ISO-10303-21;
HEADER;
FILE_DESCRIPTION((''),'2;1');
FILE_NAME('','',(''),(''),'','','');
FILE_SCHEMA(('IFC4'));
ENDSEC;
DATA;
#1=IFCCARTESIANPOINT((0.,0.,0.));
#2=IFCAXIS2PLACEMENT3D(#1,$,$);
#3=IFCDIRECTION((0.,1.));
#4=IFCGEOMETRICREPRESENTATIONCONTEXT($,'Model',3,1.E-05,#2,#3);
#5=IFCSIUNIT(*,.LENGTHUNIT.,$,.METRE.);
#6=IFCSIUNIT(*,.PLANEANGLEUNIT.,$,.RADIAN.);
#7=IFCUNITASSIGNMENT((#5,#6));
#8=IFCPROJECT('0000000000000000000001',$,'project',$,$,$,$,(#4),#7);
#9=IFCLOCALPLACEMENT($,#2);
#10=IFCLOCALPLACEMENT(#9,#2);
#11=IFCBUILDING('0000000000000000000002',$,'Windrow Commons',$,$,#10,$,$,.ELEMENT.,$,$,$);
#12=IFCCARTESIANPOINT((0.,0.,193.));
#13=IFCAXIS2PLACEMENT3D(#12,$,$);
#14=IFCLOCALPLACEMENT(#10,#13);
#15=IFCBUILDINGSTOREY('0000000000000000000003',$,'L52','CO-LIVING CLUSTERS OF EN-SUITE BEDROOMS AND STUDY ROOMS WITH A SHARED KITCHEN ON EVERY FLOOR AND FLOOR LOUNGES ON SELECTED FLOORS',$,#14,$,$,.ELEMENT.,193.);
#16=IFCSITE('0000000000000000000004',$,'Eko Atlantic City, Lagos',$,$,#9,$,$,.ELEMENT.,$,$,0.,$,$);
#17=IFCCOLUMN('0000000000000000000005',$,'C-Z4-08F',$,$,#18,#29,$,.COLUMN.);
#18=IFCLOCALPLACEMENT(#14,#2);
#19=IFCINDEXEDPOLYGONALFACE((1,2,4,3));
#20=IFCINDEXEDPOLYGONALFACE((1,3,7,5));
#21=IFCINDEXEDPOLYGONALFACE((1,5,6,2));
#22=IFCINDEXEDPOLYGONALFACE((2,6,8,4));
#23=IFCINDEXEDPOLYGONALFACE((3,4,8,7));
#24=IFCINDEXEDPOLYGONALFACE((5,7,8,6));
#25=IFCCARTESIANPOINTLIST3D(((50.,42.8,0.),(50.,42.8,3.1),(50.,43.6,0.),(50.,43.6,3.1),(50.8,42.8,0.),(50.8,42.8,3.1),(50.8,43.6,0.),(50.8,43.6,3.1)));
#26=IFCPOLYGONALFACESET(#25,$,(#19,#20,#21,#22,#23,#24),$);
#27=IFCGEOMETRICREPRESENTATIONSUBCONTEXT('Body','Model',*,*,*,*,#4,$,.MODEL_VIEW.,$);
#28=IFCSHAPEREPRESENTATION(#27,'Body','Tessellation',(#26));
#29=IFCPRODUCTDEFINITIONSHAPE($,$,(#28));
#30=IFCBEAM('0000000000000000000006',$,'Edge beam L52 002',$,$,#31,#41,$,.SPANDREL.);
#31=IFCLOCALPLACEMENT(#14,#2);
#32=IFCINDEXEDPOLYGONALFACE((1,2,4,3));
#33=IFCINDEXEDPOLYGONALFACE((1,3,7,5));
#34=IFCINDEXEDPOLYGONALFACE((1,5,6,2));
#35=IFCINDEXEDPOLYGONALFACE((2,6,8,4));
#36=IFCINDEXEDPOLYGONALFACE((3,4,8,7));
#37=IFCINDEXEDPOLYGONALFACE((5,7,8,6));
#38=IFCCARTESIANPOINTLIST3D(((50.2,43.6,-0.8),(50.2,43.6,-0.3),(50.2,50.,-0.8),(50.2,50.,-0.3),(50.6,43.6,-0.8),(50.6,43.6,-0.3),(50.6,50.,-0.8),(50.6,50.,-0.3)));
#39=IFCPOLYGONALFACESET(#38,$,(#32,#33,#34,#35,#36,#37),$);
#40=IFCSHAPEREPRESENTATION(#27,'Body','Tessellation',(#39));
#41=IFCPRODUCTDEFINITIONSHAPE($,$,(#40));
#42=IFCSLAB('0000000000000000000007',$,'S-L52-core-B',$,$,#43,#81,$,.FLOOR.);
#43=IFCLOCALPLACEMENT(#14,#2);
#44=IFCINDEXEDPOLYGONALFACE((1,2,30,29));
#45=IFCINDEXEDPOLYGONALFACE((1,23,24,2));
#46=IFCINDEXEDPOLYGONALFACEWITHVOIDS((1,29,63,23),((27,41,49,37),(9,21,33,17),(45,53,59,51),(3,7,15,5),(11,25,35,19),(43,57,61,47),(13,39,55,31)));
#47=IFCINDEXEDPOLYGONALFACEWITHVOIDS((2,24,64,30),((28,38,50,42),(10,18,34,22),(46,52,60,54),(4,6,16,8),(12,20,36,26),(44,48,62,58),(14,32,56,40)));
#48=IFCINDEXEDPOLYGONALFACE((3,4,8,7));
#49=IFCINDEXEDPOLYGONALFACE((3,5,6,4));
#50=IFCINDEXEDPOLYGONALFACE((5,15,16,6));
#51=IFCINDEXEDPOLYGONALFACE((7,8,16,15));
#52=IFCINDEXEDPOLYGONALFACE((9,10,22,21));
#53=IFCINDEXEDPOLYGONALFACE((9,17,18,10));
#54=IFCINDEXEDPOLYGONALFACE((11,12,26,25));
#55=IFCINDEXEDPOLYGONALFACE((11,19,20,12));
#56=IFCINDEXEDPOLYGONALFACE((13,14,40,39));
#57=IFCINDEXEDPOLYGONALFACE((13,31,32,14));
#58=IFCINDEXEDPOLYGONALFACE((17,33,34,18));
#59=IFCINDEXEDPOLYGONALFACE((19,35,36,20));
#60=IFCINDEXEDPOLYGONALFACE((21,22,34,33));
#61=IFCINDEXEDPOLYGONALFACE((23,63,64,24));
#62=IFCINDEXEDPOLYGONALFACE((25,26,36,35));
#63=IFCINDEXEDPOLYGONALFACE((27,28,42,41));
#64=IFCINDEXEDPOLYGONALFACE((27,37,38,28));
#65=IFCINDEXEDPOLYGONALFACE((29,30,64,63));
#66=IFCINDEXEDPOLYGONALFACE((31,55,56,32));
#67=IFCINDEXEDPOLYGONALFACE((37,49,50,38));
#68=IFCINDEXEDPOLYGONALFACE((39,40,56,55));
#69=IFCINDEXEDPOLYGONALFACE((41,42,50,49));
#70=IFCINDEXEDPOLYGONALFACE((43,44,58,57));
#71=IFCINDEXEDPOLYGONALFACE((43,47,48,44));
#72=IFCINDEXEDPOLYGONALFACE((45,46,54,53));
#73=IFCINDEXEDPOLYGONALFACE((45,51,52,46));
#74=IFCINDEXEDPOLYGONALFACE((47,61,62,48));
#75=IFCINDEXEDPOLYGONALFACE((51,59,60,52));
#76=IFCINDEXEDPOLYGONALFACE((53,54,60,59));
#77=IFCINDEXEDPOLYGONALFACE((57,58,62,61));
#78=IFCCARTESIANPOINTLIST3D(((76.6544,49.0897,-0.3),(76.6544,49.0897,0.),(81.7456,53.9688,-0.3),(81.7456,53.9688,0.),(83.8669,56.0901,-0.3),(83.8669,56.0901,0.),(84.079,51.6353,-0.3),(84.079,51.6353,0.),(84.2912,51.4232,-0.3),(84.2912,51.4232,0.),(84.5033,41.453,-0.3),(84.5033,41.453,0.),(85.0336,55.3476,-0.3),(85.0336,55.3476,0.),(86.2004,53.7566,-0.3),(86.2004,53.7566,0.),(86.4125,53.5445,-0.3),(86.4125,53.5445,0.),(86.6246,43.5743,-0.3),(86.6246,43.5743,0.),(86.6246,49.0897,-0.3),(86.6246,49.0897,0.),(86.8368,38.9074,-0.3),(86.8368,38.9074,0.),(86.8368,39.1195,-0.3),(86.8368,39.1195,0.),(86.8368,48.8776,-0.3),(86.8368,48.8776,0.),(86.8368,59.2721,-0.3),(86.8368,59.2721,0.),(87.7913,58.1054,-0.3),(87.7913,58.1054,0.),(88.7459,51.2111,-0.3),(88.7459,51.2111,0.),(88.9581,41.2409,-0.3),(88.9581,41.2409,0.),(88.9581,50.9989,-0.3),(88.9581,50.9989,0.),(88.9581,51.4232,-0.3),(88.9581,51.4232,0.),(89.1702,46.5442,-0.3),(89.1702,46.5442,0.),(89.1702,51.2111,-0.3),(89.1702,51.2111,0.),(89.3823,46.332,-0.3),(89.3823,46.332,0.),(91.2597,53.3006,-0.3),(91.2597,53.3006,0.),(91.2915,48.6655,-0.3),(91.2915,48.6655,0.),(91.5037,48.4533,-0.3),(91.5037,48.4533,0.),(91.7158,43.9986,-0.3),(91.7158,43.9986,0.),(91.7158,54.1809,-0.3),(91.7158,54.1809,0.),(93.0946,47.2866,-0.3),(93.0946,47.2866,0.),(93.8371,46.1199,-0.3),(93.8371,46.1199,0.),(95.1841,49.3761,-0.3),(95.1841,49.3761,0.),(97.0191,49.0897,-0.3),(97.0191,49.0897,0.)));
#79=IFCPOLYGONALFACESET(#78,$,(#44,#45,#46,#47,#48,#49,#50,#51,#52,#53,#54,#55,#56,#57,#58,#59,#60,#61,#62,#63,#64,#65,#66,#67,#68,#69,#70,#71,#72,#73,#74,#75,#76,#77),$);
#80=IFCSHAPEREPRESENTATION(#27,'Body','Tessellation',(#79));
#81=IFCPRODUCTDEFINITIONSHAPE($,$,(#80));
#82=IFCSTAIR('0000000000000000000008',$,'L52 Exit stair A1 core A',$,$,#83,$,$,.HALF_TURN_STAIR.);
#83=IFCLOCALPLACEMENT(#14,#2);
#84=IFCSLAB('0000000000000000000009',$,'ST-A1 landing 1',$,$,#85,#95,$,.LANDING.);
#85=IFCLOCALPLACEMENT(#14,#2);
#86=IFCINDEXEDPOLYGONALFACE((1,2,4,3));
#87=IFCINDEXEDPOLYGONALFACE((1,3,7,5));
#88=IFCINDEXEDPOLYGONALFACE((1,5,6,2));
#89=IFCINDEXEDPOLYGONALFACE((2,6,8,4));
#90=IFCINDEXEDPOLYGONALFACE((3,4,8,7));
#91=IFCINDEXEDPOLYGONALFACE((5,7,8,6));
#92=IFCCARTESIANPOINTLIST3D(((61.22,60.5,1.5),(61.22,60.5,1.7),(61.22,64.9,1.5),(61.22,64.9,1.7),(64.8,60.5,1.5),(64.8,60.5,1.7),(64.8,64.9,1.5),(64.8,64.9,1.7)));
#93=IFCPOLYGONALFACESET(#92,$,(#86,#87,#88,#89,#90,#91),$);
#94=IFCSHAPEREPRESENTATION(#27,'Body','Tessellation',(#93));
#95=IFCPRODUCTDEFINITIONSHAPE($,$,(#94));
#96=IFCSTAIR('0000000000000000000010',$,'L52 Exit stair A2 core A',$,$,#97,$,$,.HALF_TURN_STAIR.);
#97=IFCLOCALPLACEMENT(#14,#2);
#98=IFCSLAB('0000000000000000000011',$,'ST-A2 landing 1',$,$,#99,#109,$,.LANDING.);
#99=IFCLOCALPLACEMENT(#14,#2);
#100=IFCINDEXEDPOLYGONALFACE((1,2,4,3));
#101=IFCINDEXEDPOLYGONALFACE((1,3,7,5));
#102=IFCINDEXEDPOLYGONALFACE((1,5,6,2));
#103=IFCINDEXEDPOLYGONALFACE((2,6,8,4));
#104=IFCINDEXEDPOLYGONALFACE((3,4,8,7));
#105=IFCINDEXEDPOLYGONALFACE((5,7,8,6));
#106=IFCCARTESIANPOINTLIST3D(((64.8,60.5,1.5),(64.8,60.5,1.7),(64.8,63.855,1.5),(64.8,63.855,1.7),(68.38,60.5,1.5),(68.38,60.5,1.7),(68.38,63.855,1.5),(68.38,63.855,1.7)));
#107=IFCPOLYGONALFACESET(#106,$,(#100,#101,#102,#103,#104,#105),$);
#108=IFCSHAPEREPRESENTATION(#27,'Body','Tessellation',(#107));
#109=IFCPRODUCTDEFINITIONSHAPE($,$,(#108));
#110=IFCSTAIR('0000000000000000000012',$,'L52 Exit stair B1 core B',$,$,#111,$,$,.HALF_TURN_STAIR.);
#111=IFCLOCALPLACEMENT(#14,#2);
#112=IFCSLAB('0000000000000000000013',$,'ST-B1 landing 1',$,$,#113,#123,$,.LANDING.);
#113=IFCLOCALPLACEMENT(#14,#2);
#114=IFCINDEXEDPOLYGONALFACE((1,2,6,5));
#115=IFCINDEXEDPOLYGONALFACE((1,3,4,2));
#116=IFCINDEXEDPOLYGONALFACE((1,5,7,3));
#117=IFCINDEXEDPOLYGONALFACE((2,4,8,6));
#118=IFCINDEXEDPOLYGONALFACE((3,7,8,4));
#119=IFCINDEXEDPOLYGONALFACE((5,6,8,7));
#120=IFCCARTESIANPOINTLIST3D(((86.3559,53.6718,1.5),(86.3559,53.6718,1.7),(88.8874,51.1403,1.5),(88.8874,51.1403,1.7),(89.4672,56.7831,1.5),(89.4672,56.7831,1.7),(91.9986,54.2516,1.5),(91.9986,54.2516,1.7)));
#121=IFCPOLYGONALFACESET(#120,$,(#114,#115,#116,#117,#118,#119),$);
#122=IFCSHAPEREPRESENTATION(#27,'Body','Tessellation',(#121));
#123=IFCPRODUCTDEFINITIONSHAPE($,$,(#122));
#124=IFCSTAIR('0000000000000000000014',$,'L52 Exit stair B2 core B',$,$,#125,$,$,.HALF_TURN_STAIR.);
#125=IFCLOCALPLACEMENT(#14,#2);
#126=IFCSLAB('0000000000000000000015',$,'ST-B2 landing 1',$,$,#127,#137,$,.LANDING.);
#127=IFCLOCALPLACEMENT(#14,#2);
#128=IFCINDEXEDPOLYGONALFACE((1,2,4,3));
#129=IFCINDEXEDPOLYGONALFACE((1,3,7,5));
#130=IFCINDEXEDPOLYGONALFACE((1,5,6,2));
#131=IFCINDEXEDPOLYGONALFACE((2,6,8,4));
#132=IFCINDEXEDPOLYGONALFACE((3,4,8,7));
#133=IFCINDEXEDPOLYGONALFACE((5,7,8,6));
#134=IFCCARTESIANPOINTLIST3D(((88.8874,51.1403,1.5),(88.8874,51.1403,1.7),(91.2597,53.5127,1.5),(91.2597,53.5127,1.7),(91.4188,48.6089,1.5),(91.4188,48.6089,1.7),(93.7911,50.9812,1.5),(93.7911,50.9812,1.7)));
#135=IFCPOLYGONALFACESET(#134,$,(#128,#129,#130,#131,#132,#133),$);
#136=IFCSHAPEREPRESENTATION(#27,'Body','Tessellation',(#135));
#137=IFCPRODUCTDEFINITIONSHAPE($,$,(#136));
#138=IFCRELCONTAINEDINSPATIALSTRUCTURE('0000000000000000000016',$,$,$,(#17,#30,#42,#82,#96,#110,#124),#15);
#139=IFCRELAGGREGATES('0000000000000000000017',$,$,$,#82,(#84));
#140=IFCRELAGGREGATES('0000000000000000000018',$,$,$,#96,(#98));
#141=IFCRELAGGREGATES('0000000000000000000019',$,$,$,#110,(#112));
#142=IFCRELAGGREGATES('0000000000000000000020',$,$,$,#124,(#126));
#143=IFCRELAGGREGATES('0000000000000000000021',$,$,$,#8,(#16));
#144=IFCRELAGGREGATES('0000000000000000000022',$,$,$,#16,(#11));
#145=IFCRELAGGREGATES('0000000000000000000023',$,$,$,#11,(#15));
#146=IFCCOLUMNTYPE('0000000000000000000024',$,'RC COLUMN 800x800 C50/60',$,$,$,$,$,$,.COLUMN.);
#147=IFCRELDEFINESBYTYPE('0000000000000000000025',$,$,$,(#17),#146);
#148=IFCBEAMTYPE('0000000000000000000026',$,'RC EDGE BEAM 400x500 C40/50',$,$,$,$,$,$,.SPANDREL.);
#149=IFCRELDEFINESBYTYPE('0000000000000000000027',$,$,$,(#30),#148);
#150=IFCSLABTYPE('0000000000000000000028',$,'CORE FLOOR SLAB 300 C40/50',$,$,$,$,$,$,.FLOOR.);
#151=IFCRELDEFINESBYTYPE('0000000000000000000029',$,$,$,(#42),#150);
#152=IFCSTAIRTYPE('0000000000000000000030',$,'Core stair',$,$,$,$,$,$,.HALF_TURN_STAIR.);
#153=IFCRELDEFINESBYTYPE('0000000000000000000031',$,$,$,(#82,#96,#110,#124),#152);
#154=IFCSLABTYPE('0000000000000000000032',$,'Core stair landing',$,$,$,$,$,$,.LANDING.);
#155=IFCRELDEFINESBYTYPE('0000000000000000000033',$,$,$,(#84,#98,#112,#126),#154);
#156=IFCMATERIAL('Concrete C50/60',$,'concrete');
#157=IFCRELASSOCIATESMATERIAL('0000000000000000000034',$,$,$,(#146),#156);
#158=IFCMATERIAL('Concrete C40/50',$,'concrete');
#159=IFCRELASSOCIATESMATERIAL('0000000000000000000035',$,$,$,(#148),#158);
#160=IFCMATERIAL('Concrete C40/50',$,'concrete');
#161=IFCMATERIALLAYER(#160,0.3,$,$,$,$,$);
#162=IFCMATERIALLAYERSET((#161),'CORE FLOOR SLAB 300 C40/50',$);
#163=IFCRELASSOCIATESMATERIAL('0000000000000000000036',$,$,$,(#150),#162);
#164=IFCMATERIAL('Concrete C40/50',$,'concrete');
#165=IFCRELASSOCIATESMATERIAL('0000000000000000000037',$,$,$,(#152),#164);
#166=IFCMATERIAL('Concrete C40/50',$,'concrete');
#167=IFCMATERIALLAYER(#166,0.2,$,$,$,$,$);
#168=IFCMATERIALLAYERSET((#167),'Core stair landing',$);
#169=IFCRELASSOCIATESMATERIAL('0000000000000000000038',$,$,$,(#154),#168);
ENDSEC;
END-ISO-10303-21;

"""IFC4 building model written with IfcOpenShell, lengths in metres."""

from ifc_helpers import new_model, si_unit, direction, frame, origin, origin_2d, place, context, subcontext, project, spatial, polyline, rectangle, outline, extrude, material, layer, layer_set, material_profile, profile_set, type_object, element, aggregate, save


model = new_model("IFC4")

# Units and contexts
model_context = context("Model", 3, precision=1e-05, world=origin(), true_north=direction((0.0, 1.0)))
body_context = subcontext(model_context, "Body", "Model", "MODEL_VIEW")
ifc_project = project(units=[si_unit("LENGTHUNIT", "METRE"), si_unit("PLANEANGLEUNIT", "RADIAN")], contexts=[model_context])

# Site, building, storey
site_placement = place(None, origin())
site = spatial("IfcSite", under=ifc_project, at=site_placement, Name="Eko Atlantic City, Lagos", CompositionType="ELEMENT", RefElevation=0.0)
building_placement = place(site_placement, origin())
building = spatial("IfcBuilding", under=site, at=building_placement, Name="Windrow Commons", CompositionType="ELEMENT")
storey_placement = place(building_placement, frame((0.0, 0.0, 193.0)))
storey = spatial("IfcBuildingStorey", under=building, at=storey_placement, Name="L52", Description="CO-LIVING CLUSTERS OF EN-SUITE BEDROOMS AND STUDY ROOMS WITH A SHARED KITCHEN ON EVERY FLOOR AND FLOOR LOUNGES ON SELECTED FLOORS", CompositionType="ELEMENT", Elevation=193.0)

# Column
ifc_material_1 = material(Name="Concrete C50/60", Category="concrete")
ifc_material_profile_1 = material_profile(ifc_material_1, rectangle(XDim=0.8, YDim=0.8, at=origin_2d()))
ifc_profile_set_1 = profile_set([ifc_material_profile_1], Name="Concrete C50/60")
column_type = type_object("IfcColumnType", Name="RC COLUMN 800x800 C50/60", PredefinedType="COLUMN", material=ifc_profile_set_1)
column_placement = place(storey_placement, frame((50.4, 43.2, 0.0), z_axis=(0.0, 0.0, 1.0), x_axis=(1.0, 0.0, 0.0)))
element("IfcColumn", 1, at=column_placement, inside=storey, type_object=column_type, Name="C-Z4-08F", PredefinedType="COLUMN", context=body_context, shape_type="SweptSolid", body=[
    extrude(rectangle(XDim=0.8, YDim=0.8, at=origin_2d()), origin(), (0.0, 0.0, 1.0), 3.1),
])

# Beam
ifc_material_2 = material(Name="Concrete C40/50", Category="concrete")
ifc_material_profile_2 = material_profile(ifc_material_2, rectangle(XDim=0.4, YDim=0.5, at=origin_2d()))
ifc_profile_set_2 = profile_set([ifc_material_profile_2], Name="Concrete C40/50")
beam_type = type_object("IfcBeamType", Name="RC EDGE BEAM 400x500 C40/50", PredefinedType="SPANDREL", material=ifc_profile_set_2)
beam_placement = place(storey_placement, frame((50.4, 43.6, -0.55), z_axis=(0.0, 1.0, 0.0), x_axis=(-1.0, 0.0, 0.0)))
element("IfcBeam", 2, at=beam_placement, inside=storey, type_object=beam_type, Name="Edge beam L52 002", PredefinedType="SPANDREL", context=body_context, shape_type="SweptSolid", body=[
    extrude(rectangle(XDim=0.4, YDim=0.5, at=origin_2d()), origin(), (0.0, 0.0, 1.0), 6.4),
])

# Slab, openings
ifc_material_3 = material(Name="Concrete C40/50", Category="concrete")
ifc_layer_1 = layer(ifc_material_3, 0.3)
ifc_layer_set_1 = layer_set([ifc_layer_1], Name="CORE FLOOR SLAB 300 C40/50")
slab_type_1 = type_object("IfcSlabType", Name="CORE FLOOR SLAB 300 C40/50", PredefinedType="FLOOR", material=ifc_layer_set_1)
placement_1 = place(storey_placement, frame((0.0, 0.0, -0.3)))
slab_1 = element("IfcSlab", 3, at=placement_1, inside=storey, type_object=slab_type_1, Name="S-L52-core-B", PredefinedType="FLOOR", context=body_context, shape_type="SweptSolid", body=[
    extrude(outline(polyline([(76.6544, 49.0897), (86.8368, 38.9074), (97.0191, 49.0897), (86.8368, 59.2721), (76.6544, 49.0897)]), holes=[polyline([(84.5033, 41.453), (86.8368, 39.1195), (88.9581, 41.2409), (86.6246, 43.5743), (84.5033, 41.453)]), polyline([(81.7456, 53.9688), (84.079, 51.6353), (86.2004, 53.7566), (83.8669, 56.0901), (81.7456, 53.9688)]), polyline([(84.2912, 51.4232), (86.6246, 49.0897), (88.7459, 51.2111), (86.4125, 53.5445), (84.2912, 51.4232)]), polyline([(86.8368, 48.8776), (89.1702, 46.5442), (91.2915, 48.6655), (88.9581, 50.9989), (86.8368, 48.8776)]), polyline([(89.3823, 46.332), (91.7158, 43.9986), (93.8371, 46.1199), (91.5037, 48.4533), (89.3823, 46.332)]), polyline([(85.0336, 55.3476), (88.9581, 51.4232), (91.7158, 54.1809), (87.7913, 58.1054), (85.0336, 55.3476)]), polyline([(89.1702, 51.2111), (93.0946, 47.2866), (95.1841, 49.3761), (91.2597, 53.3006), (89.1702, 51.2111)])]), origin(), (0.0, 0.0, 1.0), 0.3),
])
opening_1_placement = place(placement_1, origin())
element("IfcOpeningElement", 4, at=opening_1_placement, cuts=slab_1, PredefinedType="OPENING", context=body_context, shape_type="SweptSolid", body=[
    extrude(outline(polyline([(84.5104, 41.453), (86.6246, 43.5672), (88.951, 41.2409), (86.8368, 39.1266), (84.5104, 41.453)])), origin(), (0.0, 0.0, 1.0), 0.3),
])
opening_2_placement = place(placement_1, origin())
element("IfcOpeningElement", 5, at=opening_2_placement, cuts=slab_1, PredefinedType="OPENING", context=body_context, shape_type="SweptSolid", body=[
    extrude(outline(polyline([(81.7527, 53.9688), (83.8669, 56.083), (86.1933, 53.7566), (84.079, 51.6424), (81.7527, 53.9688)])), origin(), (0.0, 0.0, 1.0), 0.3),
])
opening_3_placement = place(placement_1, origin())
element("IfcOpeningElement", 6, at=opening_3_placement, cuts=slab_1, PredefinedType="OPENING", context=body_context, shape_type="SweptSolid", body=[
    extrude(outline(polyline([(84.2983, 51.4232), (86.4125, 53.5374), (88.7388, 51.2111), (86.6246, 49.0968), (84.2983, 51.4232)])), origin(), (0.0, 0.0, 1.0), 0.3),
])
opening_4_placement = place(placement_1, origin())
element("IfcOpeningElement", 7, at=opening_4_placement, cuts=slab_1, PredefinedType="OPENING", context=body_context, shape_type="SweptSolid", body=[
    extrude(outline(polyline([(86.8439, 48.8776), (88.9581, 50.9918), (91.2844, 48.6655), (89.1702, 46.5513), (86.8439, 48.8776)])), origin(), (0.0, 0.0, 1.0), 0.3),
])
opening_5_placement = place(placement_1, origin())
element("IfcOpeningElement", 8, at=opening_5_placement, cuts=slab_1, PredefinedType="OPENING", context=body_context, shape_type="SweptSolid", body=[
    extrude(outline(polyline([(89.3894, 46.332), (91.5037, 48.4462), (93.83, 46.1199), (91.7158, 44.0057), (89.3894, 46.332)])), origin(), (0.0, 0.0, 1.0), 0.3),
])
opening_6_placement = place(placement_1, origin())
element("IfcOpeningElement", 9, at=opening_6_placement, cuts=slab_1, PredefinedType="OPENING", context=body_context, shape_type="SweptSolid", body=[
    extrude(outline(polyline([(85.0407, 55.3476), (87.7913, 58.0983), (91.7087, 54.1809), (88.9581, 51.4303), (85.0407, 55.3476)])), origin(), (0.0, 0.0, 1.0), 0.3),
])
opening_7_placement = place(placement_1, origin())
element("IfcOpeningElement", 10, at=opening_7_placement, cuts=slab_1, PredefinedType="OPENING", context=body_context, shape_type="SweptSolid", body=[
    extrude(outline(polyline([(89.1773, 51.2111), (91.2597, 53.2935), (95.177, 49.3761), (93.0946, 47.2937), (89.1773, 51.2111)])), origin(), (0.0, 0.0, 1.0), 0.3),
])

# Stairs, slabs
ifc_material_4 = material(Name="Concrete C40/50", Category="concrete")
stair_type = type_object("IfcStairType", Name="Core stair", PredefinedType="HALF_TURN_STAIR", material=ifc_material_4)
placement_2 = place(storey_placement, origin())
stair_1 = element("IfcStair", 11, at=placement_2, inside=storey, type_object=stair_type, Name="L52 Exit stair A1 core A", PredefinedType="HALF_TURN_STAIR")
ifc_material_5 = material(Name="Concrete C40/50", Category="concrete")
ifc_layer_2 = layer(ifc_material_5, 0.2)
ifc_layer_set_2 = layer_set([ifc_layer_2], Name="Core stair landing")
slab_type_2 = type_object("IfcSlabType", Name="Core stair landing", PredefinedType="LANDING", material=ifc_layer_set_2)
placement_3 = place(storey_placement, frame((0.0, 0.0, 1.5)))
slab_2 = element("IfcSlab", 12, at=placement_3, type_object=slab_type_2, Name="ST-A1 landing 1", PredefinedType="LANDING", context=body_context, shape_type="SweptSolid", body=[
    extrude(outline(polyline([(61.22, 60.5), (64.8, 60.5), (64.8, 64.9), (61.22, 64.9), (61.22, 60.5)])), origin(), (0.0, 0.0, 1.0), 0.2),
])
aggregate(stair_1, [slab_2])
stair_2 = element("IfcStair", 13, at=placement_2, inside=storey, type_object=stair_type, Name="L52 Exit stair A2 core A", PredefinedType="HALF_TURN_STAIR")
slab_3 = element("IfcSlab", 14, at=placement_3, type_object=slab_type_2, Name="ST-A2 landing 1", PredefinedType="LANDING", context=body_context, shape_type="SweptSolid", body=[
    extrude(outline(polyline([(64.8, 60.5), (68.38, 60.5), (68.38, 63.855), (64.8, 63.855), (64.8, 60.5)])), origin(), (0.0, 0.0, 1.0), 0.2),
])
aggregate(stair_2, [slab_3])
stair_3 = element("IfcStair", 15, at=placement_2, inside=storey, type_object=stair_type, Name="L52 Exit stair B1 core B", PredefinedType="HALF_TURN_STAIR")
slab_4 = element("IfcSlab", 16, at=placement_3, type_object=slab_type_2, Name="ST-B1 landing 1", PredefinedType="LANDING", context=body_context, shape_type="SweptSolid", body=[
    extrude(outline(polyline([(86.3559, 53.6718), (88.8874, 51.1403), (91.9986, 54.2516), (89.4672, 56.7831), (86.3559, 53.6718)])), origin(), (0.0, 0.0, 1.0), 0.2),
])
aggregate(stair_3, [slab_4])
stair_4 = element("IfcStair", 17, at=placement_2, inside=storey, type_object=stair_type, Name="L52 Exit stair B2 core B", PredefinedType="HALF_TURN_STAIR")
slab_5 = element("IfcSlab", 18, at=placement_3, type_object=slab_type_2, Name="ST-B2 landing 1", PredefinedType="LANDING", context=body_context, shape_type="SweptSolid", body=[
    extrude(outline(polyline([(88.8874, 51.1403), (91.4188, 48.6089), (93.7911, 50.9812), (91.2597, 53.5127), (88.8874, 51.1403)])), origin(), (0.0, 0.0, 1.0), 0.2),
])
aggregate(stair_4, [slab_5])

save(model, "model.ifc")
